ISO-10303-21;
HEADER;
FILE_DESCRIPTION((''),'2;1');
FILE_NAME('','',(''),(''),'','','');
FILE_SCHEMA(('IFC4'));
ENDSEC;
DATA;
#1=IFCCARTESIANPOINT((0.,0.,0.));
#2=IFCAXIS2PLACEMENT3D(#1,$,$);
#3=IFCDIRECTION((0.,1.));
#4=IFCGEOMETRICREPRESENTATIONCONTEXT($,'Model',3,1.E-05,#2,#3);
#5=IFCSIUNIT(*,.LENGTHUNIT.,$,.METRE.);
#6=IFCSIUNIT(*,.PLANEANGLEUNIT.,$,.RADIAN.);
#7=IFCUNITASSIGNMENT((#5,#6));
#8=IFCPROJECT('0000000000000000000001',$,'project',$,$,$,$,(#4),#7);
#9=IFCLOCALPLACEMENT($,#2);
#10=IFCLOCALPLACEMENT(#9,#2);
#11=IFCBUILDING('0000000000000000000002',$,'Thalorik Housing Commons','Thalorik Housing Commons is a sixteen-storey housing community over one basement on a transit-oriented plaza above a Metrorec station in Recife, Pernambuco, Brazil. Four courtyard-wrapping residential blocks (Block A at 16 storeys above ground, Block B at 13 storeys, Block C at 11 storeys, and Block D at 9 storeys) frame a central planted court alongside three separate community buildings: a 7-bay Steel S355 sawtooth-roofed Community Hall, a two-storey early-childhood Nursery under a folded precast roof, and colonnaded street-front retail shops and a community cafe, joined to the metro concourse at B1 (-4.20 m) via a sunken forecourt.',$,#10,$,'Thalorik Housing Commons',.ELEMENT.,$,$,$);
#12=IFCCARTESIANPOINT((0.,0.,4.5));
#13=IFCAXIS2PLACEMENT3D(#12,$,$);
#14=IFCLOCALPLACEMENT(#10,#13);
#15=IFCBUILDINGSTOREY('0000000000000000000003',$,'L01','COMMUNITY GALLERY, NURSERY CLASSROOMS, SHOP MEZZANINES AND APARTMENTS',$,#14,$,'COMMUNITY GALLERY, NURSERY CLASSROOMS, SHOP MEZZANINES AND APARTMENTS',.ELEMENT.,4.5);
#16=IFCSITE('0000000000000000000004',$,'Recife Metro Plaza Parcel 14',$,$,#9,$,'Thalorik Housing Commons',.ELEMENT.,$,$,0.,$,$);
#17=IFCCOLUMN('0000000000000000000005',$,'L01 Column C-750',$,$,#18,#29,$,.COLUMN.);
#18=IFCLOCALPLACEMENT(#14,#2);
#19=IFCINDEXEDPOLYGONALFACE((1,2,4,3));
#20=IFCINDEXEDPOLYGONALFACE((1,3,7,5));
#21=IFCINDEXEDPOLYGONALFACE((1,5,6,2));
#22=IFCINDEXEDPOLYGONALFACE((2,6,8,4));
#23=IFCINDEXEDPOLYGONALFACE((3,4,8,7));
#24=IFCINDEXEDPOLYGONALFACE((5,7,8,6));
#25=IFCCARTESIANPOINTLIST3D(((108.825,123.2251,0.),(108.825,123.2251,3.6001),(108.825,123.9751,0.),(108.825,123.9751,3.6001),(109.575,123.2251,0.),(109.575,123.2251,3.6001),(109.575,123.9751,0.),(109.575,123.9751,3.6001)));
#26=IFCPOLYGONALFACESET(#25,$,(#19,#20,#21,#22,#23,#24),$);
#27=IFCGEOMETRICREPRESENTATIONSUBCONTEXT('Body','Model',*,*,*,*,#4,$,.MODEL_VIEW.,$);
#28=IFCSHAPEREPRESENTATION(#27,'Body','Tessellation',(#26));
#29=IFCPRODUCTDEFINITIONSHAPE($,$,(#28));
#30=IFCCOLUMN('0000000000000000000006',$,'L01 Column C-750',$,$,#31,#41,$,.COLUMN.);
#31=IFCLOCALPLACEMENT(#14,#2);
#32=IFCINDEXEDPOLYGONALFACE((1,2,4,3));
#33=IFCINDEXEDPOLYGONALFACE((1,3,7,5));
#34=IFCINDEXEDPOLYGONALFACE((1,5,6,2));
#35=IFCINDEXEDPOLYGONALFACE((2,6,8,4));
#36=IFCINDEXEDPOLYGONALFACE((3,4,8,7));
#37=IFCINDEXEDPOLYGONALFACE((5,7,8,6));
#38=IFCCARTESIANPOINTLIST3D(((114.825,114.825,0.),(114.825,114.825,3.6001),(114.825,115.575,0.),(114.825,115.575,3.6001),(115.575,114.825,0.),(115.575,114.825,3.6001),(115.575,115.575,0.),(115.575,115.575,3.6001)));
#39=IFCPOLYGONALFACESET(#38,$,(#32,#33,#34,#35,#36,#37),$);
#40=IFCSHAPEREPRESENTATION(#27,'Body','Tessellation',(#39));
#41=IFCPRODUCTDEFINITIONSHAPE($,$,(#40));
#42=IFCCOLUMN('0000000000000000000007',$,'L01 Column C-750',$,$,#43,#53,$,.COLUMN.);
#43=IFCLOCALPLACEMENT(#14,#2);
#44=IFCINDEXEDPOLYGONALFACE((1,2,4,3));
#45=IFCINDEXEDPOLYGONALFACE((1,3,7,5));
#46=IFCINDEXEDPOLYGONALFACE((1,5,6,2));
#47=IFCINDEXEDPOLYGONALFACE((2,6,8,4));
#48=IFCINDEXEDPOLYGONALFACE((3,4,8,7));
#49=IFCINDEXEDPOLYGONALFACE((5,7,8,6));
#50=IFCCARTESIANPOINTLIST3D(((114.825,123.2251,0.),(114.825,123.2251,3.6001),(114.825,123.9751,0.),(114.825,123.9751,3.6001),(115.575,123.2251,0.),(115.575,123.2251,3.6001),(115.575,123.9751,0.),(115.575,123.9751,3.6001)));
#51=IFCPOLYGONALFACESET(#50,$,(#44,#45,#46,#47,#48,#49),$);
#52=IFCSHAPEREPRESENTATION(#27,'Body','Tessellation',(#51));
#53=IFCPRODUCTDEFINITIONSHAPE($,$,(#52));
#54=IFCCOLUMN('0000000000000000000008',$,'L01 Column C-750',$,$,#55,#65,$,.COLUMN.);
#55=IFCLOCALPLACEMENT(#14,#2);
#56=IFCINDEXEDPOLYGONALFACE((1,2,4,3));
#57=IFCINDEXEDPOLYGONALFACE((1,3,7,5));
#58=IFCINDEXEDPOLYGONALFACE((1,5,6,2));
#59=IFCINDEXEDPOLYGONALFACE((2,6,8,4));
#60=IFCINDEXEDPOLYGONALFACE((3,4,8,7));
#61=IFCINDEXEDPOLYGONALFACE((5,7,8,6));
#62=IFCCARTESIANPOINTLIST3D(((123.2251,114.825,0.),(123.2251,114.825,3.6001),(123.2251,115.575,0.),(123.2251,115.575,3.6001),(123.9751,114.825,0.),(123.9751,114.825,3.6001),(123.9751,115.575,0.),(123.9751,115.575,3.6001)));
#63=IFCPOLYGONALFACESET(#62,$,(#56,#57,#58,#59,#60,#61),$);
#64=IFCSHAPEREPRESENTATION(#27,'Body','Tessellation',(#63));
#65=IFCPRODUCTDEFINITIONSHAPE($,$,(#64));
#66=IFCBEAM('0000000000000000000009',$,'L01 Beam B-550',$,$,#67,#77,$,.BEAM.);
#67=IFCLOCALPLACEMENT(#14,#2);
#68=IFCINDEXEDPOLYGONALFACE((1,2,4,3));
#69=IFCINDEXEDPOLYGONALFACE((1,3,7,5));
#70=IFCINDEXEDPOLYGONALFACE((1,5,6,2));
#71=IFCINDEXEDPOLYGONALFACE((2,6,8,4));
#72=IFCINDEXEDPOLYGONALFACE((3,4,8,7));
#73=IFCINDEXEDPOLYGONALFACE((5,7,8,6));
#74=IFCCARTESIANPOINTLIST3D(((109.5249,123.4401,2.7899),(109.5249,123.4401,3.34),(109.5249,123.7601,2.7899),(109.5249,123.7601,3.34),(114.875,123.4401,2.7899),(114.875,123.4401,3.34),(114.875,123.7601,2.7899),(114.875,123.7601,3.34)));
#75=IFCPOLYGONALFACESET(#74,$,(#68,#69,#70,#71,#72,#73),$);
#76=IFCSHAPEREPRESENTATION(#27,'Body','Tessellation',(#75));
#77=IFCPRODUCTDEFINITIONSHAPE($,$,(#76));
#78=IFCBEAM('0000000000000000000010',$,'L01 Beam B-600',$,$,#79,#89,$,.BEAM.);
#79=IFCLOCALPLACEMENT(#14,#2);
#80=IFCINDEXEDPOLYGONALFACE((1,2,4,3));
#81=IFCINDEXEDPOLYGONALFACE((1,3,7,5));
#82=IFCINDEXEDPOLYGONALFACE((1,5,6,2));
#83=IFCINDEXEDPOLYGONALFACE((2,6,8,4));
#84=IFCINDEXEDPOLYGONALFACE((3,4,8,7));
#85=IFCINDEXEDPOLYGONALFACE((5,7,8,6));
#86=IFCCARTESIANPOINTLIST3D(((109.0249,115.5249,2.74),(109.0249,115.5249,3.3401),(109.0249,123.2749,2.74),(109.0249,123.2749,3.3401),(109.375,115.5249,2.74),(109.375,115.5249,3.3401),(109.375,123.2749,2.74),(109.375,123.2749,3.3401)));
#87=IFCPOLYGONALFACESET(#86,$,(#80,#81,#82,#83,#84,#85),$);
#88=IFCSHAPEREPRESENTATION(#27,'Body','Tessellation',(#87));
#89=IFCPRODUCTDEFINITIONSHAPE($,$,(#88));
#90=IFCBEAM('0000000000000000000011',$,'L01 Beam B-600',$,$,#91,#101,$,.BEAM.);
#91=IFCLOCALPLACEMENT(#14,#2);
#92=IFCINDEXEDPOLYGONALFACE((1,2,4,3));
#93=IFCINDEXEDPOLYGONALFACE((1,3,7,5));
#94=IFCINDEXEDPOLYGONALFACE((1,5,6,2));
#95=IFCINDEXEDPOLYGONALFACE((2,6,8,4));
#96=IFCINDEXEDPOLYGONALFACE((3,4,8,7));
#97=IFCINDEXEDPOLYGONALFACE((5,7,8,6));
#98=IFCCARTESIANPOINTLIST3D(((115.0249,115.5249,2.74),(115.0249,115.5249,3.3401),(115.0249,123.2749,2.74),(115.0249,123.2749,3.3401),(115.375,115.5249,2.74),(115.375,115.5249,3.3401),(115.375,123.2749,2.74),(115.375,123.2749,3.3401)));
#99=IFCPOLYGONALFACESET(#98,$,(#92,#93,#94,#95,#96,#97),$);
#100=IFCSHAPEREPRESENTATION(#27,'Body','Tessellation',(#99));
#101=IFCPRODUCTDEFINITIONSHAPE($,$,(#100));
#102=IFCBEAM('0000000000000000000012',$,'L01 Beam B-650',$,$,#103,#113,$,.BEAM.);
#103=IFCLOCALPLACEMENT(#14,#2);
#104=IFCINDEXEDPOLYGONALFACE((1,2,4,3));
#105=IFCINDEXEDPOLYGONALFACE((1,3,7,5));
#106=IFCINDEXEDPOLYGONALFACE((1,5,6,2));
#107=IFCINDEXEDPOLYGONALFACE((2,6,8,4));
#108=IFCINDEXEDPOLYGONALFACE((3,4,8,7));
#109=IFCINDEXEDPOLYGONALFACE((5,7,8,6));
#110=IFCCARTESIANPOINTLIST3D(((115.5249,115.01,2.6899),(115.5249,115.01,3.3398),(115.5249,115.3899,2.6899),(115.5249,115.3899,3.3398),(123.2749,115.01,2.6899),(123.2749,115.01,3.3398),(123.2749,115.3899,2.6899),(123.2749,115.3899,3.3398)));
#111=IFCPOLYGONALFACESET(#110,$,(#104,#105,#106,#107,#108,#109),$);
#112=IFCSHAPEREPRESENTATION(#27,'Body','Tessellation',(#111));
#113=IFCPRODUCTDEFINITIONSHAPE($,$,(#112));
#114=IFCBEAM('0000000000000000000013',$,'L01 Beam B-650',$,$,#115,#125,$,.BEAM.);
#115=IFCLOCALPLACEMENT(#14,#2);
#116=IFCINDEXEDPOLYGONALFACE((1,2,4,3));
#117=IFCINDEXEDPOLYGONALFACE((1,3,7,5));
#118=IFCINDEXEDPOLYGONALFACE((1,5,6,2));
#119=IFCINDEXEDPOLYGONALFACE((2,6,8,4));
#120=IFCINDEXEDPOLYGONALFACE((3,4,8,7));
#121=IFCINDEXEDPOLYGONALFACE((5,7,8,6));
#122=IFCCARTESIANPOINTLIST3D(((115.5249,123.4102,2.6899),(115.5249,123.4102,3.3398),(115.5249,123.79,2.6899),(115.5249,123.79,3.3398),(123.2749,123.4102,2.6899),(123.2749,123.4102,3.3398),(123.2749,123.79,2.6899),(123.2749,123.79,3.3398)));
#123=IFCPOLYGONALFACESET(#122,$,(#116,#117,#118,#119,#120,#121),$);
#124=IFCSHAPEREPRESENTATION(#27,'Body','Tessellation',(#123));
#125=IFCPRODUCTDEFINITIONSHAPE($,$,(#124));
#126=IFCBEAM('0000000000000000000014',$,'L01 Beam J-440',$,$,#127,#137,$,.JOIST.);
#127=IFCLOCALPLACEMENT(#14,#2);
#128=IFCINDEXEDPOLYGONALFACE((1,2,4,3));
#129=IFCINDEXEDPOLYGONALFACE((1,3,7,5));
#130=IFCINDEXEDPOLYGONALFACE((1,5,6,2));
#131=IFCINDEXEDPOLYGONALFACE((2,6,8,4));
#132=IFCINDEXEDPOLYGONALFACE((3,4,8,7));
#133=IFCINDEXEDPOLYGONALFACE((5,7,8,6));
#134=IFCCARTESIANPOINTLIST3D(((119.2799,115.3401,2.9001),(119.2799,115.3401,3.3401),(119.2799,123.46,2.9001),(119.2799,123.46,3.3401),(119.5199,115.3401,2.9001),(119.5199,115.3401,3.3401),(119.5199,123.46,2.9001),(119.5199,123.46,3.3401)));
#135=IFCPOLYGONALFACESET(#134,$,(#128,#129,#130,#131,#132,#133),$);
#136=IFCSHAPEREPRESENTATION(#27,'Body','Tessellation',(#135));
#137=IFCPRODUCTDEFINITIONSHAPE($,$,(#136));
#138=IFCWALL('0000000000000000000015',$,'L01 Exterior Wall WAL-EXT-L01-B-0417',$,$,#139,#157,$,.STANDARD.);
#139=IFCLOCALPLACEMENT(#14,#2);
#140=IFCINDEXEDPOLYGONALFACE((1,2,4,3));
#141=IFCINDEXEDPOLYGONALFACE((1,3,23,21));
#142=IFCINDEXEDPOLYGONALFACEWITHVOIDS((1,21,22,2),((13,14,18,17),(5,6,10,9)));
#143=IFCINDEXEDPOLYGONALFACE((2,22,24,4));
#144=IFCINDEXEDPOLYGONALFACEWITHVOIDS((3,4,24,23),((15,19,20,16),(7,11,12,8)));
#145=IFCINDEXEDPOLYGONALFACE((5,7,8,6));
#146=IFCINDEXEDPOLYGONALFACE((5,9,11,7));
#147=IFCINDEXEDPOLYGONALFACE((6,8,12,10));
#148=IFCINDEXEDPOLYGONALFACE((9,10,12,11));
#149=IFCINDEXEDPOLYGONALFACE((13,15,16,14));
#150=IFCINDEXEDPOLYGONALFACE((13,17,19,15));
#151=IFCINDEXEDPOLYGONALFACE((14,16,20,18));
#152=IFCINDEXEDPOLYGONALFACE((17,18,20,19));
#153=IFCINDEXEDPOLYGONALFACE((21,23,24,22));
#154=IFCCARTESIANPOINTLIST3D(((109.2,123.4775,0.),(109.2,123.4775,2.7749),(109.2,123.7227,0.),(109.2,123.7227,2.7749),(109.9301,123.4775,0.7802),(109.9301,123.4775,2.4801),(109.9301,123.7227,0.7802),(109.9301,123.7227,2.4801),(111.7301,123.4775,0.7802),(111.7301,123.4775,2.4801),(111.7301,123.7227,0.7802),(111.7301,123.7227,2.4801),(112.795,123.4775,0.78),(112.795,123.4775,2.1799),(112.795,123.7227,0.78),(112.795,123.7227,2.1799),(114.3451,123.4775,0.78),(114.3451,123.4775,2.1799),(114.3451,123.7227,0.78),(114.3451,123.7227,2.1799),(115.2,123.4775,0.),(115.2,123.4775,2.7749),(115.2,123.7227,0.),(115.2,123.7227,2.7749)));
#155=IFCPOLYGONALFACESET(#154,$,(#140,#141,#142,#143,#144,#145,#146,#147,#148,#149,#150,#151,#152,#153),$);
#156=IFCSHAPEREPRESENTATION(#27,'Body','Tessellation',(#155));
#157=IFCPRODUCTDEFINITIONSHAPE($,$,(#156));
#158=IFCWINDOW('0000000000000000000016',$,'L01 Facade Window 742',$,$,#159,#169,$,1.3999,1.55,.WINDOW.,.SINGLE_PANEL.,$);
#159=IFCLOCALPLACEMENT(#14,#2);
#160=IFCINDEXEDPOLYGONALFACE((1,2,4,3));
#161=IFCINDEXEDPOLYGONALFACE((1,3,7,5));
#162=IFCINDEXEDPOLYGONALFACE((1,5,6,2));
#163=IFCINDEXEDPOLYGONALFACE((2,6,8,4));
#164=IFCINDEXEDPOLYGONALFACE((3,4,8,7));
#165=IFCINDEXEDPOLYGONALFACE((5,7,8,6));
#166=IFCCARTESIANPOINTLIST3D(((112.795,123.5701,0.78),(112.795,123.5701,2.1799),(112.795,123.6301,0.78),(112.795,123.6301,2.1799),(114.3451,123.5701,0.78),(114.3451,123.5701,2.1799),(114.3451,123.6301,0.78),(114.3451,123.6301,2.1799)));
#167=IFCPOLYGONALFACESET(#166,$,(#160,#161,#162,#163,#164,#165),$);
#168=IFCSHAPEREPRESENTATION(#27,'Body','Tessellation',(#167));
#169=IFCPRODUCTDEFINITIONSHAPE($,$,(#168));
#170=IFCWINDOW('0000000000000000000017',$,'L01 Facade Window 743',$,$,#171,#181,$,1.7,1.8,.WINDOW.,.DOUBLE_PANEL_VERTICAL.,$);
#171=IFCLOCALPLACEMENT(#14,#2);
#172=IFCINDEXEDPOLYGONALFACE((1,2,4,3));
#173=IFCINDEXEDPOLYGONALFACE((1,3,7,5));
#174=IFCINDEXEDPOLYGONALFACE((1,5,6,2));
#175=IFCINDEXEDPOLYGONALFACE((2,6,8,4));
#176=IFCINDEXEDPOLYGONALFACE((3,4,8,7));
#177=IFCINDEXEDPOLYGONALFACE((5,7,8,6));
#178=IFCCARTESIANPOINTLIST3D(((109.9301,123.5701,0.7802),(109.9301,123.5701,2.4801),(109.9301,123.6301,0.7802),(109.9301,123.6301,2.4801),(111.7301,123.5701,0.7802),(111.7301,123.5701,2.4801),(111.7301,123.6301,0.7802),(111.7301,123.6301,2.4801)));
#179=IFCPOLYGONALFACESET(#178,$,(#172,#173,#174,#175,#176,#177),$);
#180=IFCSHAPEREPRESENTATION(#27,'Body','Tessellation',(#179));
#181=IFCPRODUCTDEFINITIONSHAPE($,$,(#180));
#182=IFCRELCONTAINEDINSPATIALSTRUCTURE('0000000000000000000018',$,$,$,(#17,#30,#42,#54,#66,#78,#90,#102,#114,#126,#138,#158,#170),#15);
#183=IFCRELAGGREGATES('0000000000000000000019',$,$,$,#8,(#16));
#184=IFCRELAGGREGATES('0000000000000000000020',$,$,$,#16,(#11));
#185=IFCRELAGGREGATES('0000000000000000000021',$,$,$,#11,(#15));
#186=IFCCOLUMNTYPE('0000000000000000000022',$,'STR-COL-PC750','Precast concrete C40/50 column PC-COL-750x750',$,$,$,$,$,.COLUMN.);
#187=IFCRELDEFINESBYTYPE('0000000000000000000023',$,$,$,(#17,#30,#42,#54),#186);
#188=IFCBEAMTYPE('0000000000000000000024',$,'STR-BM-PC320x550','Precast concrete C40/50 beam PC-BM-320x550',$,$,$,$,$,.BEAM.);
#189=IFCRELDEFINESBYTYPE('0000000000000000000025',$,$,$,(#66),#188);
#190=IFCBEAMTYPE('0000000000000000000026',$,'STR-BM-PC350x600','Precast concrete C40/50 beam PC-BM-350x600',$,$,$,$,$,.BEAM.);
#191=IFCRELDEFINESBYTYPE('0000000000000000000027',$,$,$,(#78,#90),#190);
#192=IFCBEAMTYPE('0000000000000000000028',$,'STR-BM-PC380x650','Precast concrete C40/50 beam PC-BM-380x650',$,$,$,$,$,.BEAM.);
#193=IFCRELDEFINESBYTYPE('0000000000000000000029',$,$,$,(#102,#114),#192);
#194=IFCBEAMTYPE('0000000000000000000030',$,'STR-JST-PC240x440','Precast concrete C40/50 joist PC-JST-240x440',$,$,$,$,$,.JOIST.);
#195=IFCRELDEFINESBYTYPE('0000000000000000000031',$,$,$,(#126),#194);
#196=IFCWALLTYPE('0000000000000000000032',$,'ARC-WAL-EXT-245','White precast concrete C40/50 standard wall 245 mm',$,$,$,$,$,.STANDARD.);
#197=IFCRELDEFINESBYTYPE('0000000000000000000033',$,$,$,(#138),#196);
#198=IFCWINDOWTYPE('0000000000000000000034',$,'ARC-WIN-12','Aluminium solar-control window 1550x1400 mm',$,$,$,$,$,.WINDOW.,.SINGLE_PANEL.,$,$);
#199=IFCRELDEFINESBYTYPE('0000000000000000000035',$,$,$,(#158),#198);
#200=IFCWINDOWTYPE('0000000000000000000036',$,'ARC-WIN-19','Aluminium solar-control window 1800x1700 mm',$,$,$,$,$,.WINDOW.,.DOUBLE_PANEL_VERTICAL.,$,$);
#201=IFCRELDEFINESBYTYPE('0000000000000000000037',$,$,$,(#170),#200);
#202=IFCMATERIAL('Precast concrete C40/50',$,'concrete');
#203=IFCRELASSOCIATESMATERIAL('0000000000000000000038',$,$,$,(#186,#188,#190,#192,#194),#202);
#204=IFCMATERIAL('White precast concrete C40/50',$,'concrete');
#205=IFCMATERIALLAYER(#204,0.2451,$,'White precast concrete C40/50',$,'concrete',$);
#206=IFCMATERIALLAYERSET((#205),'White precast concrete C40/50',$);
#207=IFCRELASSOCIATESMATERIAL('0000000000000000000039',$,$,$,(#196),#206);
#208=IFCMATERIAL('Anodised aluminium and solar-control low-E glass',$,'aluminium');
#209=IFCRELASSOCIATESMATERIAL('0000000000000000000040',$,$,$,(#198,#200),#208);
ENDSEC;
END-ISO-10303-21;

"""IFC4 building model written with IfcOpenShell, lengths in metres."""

from ifc_helpers import new_model, si_unit, direction, frame, frame_2d, origin, origin_2d, place, context, subcontext, project, spatial, rectangle, extrude, material, layer, layer_set, material_profile, profile_set, type_object, element, fill, save


model = new_model("IFC4")

# Units and contexts
model_context = context("Model", 3, precision=1e-05, world=origin(), true_north=direction((0.0, 1.0)))
body_context = subcontext(model_context, "Body", "Model", "MODEL_VIEW")
ifc_project = project(units=[si_unit("LENGTHUNIT", "METRE"), si_unit("PLANEANGLEUNIT", "RADIAN")], contexts=[model_context])

# Site, building, storey
site_placement = place(None, origin())
site = spatial("IfcSite", under=ifc_project, at=site_placement, Name="Recife Metro Plaza Parcel 14", LongName="Thalorik Housing Commons", CompositionType="ELEMENT", RefElevation=0.0)
building_placement = place(site_placement, origin())
building = spatial("IfcBuilding", under=site, at=building_placement, Name="Thalorik Housing Commons", Description="Thalorik Housing Commons is a sixteen-storey housing community over one basement on a transit-oriented plaza above a Metrorec station in Recife, Pernambuco, Brazil. Four courtyard-wrapping residential blocks (Block A at 16 storeys above ground, Block B at 13 storeys, Block C at 11 storeys, and Block D at 9 storeys) frame a central planted court alongside three separate community buildings: a 7-bay Steel S355 sawtooth-roofed Community Hall, a two-storey early-childhood Nursery under a folded precast roof, and colonnaded street-front retail shops and a community cafe, joined to the metro concourse at B1 (-4.20 m) via a sunken forecourt.", LongName="Thalorik Housing Commons", CompositionType="ELEMENT")
storey_placement = place(building_placement, frame((0.0, 0.0, 4.5)))
storey = spatial("IfcBuildingStorey", under=building, at=storey_placement, Name="L01", Description="COMMUNITY GALLERY, NURSERY CLASSROOMS, SHOP MEZZANINES AND APARTMENTS", LongName="COMMUNITY GALLERY, NURSERY CLASSROOMS, SHOP MEZZANINES AND APARTMENTS", CompositionType="ELEMENT", Elevation=4.5)

# Columns
ifc_material_1 = material(Name="Precast concrete C40/50", Category="concrete")
ifc_material_profile_1 = material_profile(ifc_material_1, rectangle(XDim=0.75, YDim=0.75, at=origin_2d()), Name="PC 750x750", Category="concrete")
ifc_profile_set_1 = profile_set([ifc_material_profile_1], Name="Precast concrete C40/50")
column_type = type_object("IfcColumnType", Name="STR-COL-PC750", Description="Precast concrete C40/50 column PC-COL-750x750", PredefinedType="COLUMN", material=ifc_profile_set_1)
for number, where, z_axis, x_axis, name in (
    (1, (109.2, 123.6001, 0.0), (0.0, 0.0, 1.0), (1.0, 0.0, 0.0), "L01 Column C-750"),
    (2, (115.2, 115.2, 0.0), (0.0, 0.0, 1.0), (1.0, 0.0, 0.0), "L01 Column C-750"),
    (3, (115.2, 123.6001, 0.0), (0.0, 0.0, 1.0), (1.0, 0.0, 0.0), "L01 Column C-750"),
    (4, (123.6001, 115.2, 0.0), (0.0, 0.0, 1.0), (1.0, 0.0, 0.0), "L01 Column C-750"),
):
    element("IfcColumn", number, at=place(storey_placement, frame(where, z_axis=z_axis, x_axis=x_axis)), inside=storey, type_object=column_type, Name=name, PredefinedType="COLUMN", context=body_context, shape_type="SweptSolid", body=[
        extrude(rectangle(XDim=0.75, YDim=0.75, at=origin_2d()), origin(), (0.0, 0.0, 1.0), 3.6001),
    ])

# Beams
ifc_material_profile_2 = material_profile(ifc_material_1, rectangle(XDim=0.3201, YDim=0.55, at=origin_2d()), Name="PC 320x550", Category="concrete")
ifc_profile_set_2 = profile_set([ifc_material_profile_2], Name="Precast concrete C40/50")
beam_type_1 = type_object("IfcBeamType", Name="STR-BM-PC320x550", Description="Precast concrete C40/50 beam PC-BM-320x550", PredefinedType="BEAM", material=ifc_profile_set_2)
beam_1_placement = place(storey_placement, frame((109.5249, 123.6001, 3.0649), z_axis=(1.0, 0.0, 0.0), x_axis=(0.0, 1.0, 0.0)))
element("IfcBeam", 5, at=beam_1_placement, inside=storey, type_object=beam_type_1, Name="L01 Beam B-550", PredefinedType="BEAM", context=body_context, shape_type="SweptSolid", body=[
    extrude(rectangle(XDim=0.3201, YDim=0.55, at=origin_2d()), origin(), (0.0, 0.0, 1.0), 5.3501),
])
ifc_material_profile_3 = material_profile(ifc_material_1, rectangle(XDim=0.3501, YDim=0.6001, at=origin_2d()), Name="PC 350x600", Category="concrete")
ifc_profile_set_3 = profile_set([ifc_material_profile_3], Name="Precast concrete C40/50")
beam_type_2 = type_object("IfcBeamType", Name="STR-BM-PC350x600", Description="Precast concrete C40/50 beam PC-BM-350x600", PredefinedType="BEAM", material=ifc_profile_set_3)
for number, where, z_axis, x_axis, name in (
    (6, (109.2, 115.5249, 3.04), (0.0, 1.0, 0.0), (-1.0, 0.0, 0.0), "L01 Beam B-600"),
    (7, (115.2, 115.5249, 3.04), (0.0, 1.0, 0.0), (-1.0, 0.0, 0.0), "L01 Beam B-600"),
):
    element("IfcBeam", number, at=place(storey_placement, frame(where, z_axis=z_axis, x_axis=x_axis)), inside=storey, type_object=beam_type_2, Name=name, PredefinedType="BEAM", context=body_context, shape_type="SweptSolid", body=[
        extrude(rectangle(XDim=0.3501, YDim=0.6001, at=origin_2d()), origin(), (0.0, 0.0, 1.0), 7.75),
    ])
ifc_material_profile_4 = material_profile(ifc_material_1, rectangle(XDim=0.3799, YDim=0.6499, at=origin_2d()), Name="PC 380x650", Category="concrete")
ifc_profile_set_4 = profile_set([ifc_material_profile_4], Name="Precast concrete C40/50")
beam_type_3 = type_object("IfcBeamType", Name="STR-BM-PC380x650", Description="Precast concrete C40/50 beam PC-BM-380x650", PredefinedType="BEAM", material=ifc_profile_set_4)
for number, where, z_axis, x_axis, name in (
    (8, (115.5249, 115.2, 3.0149), (1.0, 0.0, 0.0), (0.0, 1.0, 0.0), "L01 Beam B-650"),
    (9, (115.5249, 123.6001, 3.0149), (1.0, 0.0, 0.0), (0.0, 1.0, 0.0), "L01 Beam B-650"),
):
    element("IfcBeam", number, at=place(storey_placement, frame(where, z_axis=z_axis, x_axis=x_axis)), inside=storey, type_object=beam_type_3, Name=name, PredefinedType="BEAM", context=body_context, shape_type="SweptSolid", body=[
        extrude(rectangle(XDim=0.3799, YDim=0.6499, at=origin_2d()), origin(), (0.0, 0.0, 1.0), 7.75),
    ])
ifc_material_profile_5 = material_profile(ifc_material_1, rectangle(XDim=0.24, YDim=0.4399, at=origin_2d()), Name="PC JST 240x440", Category="concrete")
ifc_profile_set_5 = profile_set([ifc_material_profile_5], Name="Precast concrete C40/50")
beam_type_4 = type_object("IfcBeamType", Name="STR-JST-PC240x440", Description="Precast concrete C40/50 joist PC-JST-240x440", PredefinedType="JOIST", material=ifc_profile_set_5)
beam_2_placement = place(storey_placement, frame((119.3999, 115.3401, 3.1201), z_axis=(0.0, 1.0, 0.0), x_axis=(-1.0, 0.0, 0.0)))
element("IfcBeam", 10, at=beam_2_placement, inside=storey, type_object=beam_type_4, Name="L01 Beam J-440", PredefinedType="JOIST", context=body_context, shape_type="SweptSolid", body=[
    extrude(rectangle(XDim=0.24, YDim=0.4399, at=origin_2d()), origin(), (0.0, 0.0, 1.0), 8.1199),
])

# Wall, openings, windows
ifc_material_2 = material(Name="White precast concrete C40/50", Category="concrete")
ifc_layer_1 = layer(ifc_material_2, 0.2451, Name="White precast concrete C40/50", Category="concrete")
ifc_layer_set_1 = layer_set([ifc_layer_1], Name="White precast concrete C40/50")
wall_type_1 = type_object("IfcWallType", Name="ARC-WAL-EXT-245", Description="White precast concrete C40/50 standard wall 245 mm", PredefinedType="STANDARD", material=ifc_layer_set_1)
wall_1_placement = place(storey_placement, frame((115.2, 123.6001, 0.0), z_axis=(0.0, 0.0, 1.0), x_axis=(-1.0, 0.0, 0.0)))
wall_1 = element("IfcWall", 11, at=wall_1_placement, inside=storey, type_object=wall_type_1, Name="L01 Exterior Wall WAL-EXT-L01-B-0417", PredefinedType="STANDARD", context=body_context, shape_type="SweptSolid", body=[
    extrude(rectangle(XDim=6.0, YDim=0.2451, at=frame_2d((3.0, 0.0))), origin(), (0.0, 0.0, 1.0), 2.7749),
])
opening_1_placement = place(wall_1_placement, frame((0.855, 0.0, 0.78)))
opening_1 = element("IfcOpeningElement", 12, at=opening_1_placement, cuts=wall_1, PredefinedType="OPENING", context=body_context, shape_type="SweptSolid", body=[
    extrude(rectangle(XDim=1.55, YDim=1.3999, at=frame_2d((0.7749, 0.7))), frame((0.0, 0.1326, 0.0), z_axis=(0.0, -1.0, 0.0), x_axis=(1.0, 0.0, 0.0)), (0.0, 0.0, 1.0), 0.2651),
])
opening_2_placement = place(wall_1_placement, frame((3.47, 0.0, 0.78)))
opening_2 = element("IfcOpeningElement", 13, at=opening_2_placement, cuts=wall_1, PredefinedType="OPENING", context=body_context, shape_type="SweptSolid", body=[
    extrude(rectangle(XDim=1.8, YDim=1.7, at=frame_2d((0.8999, 0.8501))), frame((0.0, 0.1326, 0.0), z_axis=(0.0, -1.0, 0.0), x_axis=(1.0, 0.0, 0.0)), (0.0, 0.0, 1.0), 0.2651),
])
ifc_material_3 = material(Name="Anodised aluminium and solar-control low-E glass", Category="aluminium")
window_type_1 = type_object("IfcWindowType", Name="ARC-WIN-12", Description="Aluminium solar-control window 1550x1400 mm", PartitioningType="SINGLE_PANEL", PredefinedType="WINDOW", material=ifc_material_3)
window_1_placement = place(opening_1_placement, origin())
window_1 = element("IfcWindow", 14, at=window_1_placement, inside=storey, type_object=window_type_1, Name="L01 Facade Window 742", OverallHeight=1.3999, OverallWidth=1.55, PartitioningType="SINGLE_PANEL", PredefinedType="WINDOW", context=body_context, shape_type="SweptSolid", body=[
    extrude(rectangle(XDim=1.55, YDim=1.3999, at=frame_2d((0.7749, 0.7))), frame((0.0, 0.03, 0.0), z_axis=(0.0, -1.0, 0.0), x_axis=(1.0, 0.0, 0.0)), (0.0, 0.0, 1.0), 0.0601),
])
fill(opening_1, window_1)
window_type_2 = type_object("IfcWindowType", Name="ARC-WIN-19", Description="Aluminium solar-control window 1800x1700 mm", PartitioningType="DOUBLE_PANEL_VERTICAL", PredefinedType="WINDOW", material=ifc_material_3)
window_2_placement = place(opening_2_placement, origin())
window_2 = element("IfcWindow", 15, at=window_2_placement, inside=storey, type_object=window_type_2, Name="L01 Facade Window 743", OverallHeight=1.7, OverallWidth=1.8, PartitioningType="DOUBLE_PANEL_VERTICAL", PredefinedType="WINDOW", context=body_context, shape_type="SweptSolid", body=[
    extrude(rectangle(XDim=1.8, YDim=1.7, at=frame_2d((0.8999, 0.8501))), frame((0.0, 0.03, 0.0), z_axis=(0.0, -1.0, 0.0), x_axis=(1.0, 0.0, 0.0)), (0.0, 0.0, 1.0), 0.0601),
])
fill(opening_2, window_2)

save(model, "model.ifc")
